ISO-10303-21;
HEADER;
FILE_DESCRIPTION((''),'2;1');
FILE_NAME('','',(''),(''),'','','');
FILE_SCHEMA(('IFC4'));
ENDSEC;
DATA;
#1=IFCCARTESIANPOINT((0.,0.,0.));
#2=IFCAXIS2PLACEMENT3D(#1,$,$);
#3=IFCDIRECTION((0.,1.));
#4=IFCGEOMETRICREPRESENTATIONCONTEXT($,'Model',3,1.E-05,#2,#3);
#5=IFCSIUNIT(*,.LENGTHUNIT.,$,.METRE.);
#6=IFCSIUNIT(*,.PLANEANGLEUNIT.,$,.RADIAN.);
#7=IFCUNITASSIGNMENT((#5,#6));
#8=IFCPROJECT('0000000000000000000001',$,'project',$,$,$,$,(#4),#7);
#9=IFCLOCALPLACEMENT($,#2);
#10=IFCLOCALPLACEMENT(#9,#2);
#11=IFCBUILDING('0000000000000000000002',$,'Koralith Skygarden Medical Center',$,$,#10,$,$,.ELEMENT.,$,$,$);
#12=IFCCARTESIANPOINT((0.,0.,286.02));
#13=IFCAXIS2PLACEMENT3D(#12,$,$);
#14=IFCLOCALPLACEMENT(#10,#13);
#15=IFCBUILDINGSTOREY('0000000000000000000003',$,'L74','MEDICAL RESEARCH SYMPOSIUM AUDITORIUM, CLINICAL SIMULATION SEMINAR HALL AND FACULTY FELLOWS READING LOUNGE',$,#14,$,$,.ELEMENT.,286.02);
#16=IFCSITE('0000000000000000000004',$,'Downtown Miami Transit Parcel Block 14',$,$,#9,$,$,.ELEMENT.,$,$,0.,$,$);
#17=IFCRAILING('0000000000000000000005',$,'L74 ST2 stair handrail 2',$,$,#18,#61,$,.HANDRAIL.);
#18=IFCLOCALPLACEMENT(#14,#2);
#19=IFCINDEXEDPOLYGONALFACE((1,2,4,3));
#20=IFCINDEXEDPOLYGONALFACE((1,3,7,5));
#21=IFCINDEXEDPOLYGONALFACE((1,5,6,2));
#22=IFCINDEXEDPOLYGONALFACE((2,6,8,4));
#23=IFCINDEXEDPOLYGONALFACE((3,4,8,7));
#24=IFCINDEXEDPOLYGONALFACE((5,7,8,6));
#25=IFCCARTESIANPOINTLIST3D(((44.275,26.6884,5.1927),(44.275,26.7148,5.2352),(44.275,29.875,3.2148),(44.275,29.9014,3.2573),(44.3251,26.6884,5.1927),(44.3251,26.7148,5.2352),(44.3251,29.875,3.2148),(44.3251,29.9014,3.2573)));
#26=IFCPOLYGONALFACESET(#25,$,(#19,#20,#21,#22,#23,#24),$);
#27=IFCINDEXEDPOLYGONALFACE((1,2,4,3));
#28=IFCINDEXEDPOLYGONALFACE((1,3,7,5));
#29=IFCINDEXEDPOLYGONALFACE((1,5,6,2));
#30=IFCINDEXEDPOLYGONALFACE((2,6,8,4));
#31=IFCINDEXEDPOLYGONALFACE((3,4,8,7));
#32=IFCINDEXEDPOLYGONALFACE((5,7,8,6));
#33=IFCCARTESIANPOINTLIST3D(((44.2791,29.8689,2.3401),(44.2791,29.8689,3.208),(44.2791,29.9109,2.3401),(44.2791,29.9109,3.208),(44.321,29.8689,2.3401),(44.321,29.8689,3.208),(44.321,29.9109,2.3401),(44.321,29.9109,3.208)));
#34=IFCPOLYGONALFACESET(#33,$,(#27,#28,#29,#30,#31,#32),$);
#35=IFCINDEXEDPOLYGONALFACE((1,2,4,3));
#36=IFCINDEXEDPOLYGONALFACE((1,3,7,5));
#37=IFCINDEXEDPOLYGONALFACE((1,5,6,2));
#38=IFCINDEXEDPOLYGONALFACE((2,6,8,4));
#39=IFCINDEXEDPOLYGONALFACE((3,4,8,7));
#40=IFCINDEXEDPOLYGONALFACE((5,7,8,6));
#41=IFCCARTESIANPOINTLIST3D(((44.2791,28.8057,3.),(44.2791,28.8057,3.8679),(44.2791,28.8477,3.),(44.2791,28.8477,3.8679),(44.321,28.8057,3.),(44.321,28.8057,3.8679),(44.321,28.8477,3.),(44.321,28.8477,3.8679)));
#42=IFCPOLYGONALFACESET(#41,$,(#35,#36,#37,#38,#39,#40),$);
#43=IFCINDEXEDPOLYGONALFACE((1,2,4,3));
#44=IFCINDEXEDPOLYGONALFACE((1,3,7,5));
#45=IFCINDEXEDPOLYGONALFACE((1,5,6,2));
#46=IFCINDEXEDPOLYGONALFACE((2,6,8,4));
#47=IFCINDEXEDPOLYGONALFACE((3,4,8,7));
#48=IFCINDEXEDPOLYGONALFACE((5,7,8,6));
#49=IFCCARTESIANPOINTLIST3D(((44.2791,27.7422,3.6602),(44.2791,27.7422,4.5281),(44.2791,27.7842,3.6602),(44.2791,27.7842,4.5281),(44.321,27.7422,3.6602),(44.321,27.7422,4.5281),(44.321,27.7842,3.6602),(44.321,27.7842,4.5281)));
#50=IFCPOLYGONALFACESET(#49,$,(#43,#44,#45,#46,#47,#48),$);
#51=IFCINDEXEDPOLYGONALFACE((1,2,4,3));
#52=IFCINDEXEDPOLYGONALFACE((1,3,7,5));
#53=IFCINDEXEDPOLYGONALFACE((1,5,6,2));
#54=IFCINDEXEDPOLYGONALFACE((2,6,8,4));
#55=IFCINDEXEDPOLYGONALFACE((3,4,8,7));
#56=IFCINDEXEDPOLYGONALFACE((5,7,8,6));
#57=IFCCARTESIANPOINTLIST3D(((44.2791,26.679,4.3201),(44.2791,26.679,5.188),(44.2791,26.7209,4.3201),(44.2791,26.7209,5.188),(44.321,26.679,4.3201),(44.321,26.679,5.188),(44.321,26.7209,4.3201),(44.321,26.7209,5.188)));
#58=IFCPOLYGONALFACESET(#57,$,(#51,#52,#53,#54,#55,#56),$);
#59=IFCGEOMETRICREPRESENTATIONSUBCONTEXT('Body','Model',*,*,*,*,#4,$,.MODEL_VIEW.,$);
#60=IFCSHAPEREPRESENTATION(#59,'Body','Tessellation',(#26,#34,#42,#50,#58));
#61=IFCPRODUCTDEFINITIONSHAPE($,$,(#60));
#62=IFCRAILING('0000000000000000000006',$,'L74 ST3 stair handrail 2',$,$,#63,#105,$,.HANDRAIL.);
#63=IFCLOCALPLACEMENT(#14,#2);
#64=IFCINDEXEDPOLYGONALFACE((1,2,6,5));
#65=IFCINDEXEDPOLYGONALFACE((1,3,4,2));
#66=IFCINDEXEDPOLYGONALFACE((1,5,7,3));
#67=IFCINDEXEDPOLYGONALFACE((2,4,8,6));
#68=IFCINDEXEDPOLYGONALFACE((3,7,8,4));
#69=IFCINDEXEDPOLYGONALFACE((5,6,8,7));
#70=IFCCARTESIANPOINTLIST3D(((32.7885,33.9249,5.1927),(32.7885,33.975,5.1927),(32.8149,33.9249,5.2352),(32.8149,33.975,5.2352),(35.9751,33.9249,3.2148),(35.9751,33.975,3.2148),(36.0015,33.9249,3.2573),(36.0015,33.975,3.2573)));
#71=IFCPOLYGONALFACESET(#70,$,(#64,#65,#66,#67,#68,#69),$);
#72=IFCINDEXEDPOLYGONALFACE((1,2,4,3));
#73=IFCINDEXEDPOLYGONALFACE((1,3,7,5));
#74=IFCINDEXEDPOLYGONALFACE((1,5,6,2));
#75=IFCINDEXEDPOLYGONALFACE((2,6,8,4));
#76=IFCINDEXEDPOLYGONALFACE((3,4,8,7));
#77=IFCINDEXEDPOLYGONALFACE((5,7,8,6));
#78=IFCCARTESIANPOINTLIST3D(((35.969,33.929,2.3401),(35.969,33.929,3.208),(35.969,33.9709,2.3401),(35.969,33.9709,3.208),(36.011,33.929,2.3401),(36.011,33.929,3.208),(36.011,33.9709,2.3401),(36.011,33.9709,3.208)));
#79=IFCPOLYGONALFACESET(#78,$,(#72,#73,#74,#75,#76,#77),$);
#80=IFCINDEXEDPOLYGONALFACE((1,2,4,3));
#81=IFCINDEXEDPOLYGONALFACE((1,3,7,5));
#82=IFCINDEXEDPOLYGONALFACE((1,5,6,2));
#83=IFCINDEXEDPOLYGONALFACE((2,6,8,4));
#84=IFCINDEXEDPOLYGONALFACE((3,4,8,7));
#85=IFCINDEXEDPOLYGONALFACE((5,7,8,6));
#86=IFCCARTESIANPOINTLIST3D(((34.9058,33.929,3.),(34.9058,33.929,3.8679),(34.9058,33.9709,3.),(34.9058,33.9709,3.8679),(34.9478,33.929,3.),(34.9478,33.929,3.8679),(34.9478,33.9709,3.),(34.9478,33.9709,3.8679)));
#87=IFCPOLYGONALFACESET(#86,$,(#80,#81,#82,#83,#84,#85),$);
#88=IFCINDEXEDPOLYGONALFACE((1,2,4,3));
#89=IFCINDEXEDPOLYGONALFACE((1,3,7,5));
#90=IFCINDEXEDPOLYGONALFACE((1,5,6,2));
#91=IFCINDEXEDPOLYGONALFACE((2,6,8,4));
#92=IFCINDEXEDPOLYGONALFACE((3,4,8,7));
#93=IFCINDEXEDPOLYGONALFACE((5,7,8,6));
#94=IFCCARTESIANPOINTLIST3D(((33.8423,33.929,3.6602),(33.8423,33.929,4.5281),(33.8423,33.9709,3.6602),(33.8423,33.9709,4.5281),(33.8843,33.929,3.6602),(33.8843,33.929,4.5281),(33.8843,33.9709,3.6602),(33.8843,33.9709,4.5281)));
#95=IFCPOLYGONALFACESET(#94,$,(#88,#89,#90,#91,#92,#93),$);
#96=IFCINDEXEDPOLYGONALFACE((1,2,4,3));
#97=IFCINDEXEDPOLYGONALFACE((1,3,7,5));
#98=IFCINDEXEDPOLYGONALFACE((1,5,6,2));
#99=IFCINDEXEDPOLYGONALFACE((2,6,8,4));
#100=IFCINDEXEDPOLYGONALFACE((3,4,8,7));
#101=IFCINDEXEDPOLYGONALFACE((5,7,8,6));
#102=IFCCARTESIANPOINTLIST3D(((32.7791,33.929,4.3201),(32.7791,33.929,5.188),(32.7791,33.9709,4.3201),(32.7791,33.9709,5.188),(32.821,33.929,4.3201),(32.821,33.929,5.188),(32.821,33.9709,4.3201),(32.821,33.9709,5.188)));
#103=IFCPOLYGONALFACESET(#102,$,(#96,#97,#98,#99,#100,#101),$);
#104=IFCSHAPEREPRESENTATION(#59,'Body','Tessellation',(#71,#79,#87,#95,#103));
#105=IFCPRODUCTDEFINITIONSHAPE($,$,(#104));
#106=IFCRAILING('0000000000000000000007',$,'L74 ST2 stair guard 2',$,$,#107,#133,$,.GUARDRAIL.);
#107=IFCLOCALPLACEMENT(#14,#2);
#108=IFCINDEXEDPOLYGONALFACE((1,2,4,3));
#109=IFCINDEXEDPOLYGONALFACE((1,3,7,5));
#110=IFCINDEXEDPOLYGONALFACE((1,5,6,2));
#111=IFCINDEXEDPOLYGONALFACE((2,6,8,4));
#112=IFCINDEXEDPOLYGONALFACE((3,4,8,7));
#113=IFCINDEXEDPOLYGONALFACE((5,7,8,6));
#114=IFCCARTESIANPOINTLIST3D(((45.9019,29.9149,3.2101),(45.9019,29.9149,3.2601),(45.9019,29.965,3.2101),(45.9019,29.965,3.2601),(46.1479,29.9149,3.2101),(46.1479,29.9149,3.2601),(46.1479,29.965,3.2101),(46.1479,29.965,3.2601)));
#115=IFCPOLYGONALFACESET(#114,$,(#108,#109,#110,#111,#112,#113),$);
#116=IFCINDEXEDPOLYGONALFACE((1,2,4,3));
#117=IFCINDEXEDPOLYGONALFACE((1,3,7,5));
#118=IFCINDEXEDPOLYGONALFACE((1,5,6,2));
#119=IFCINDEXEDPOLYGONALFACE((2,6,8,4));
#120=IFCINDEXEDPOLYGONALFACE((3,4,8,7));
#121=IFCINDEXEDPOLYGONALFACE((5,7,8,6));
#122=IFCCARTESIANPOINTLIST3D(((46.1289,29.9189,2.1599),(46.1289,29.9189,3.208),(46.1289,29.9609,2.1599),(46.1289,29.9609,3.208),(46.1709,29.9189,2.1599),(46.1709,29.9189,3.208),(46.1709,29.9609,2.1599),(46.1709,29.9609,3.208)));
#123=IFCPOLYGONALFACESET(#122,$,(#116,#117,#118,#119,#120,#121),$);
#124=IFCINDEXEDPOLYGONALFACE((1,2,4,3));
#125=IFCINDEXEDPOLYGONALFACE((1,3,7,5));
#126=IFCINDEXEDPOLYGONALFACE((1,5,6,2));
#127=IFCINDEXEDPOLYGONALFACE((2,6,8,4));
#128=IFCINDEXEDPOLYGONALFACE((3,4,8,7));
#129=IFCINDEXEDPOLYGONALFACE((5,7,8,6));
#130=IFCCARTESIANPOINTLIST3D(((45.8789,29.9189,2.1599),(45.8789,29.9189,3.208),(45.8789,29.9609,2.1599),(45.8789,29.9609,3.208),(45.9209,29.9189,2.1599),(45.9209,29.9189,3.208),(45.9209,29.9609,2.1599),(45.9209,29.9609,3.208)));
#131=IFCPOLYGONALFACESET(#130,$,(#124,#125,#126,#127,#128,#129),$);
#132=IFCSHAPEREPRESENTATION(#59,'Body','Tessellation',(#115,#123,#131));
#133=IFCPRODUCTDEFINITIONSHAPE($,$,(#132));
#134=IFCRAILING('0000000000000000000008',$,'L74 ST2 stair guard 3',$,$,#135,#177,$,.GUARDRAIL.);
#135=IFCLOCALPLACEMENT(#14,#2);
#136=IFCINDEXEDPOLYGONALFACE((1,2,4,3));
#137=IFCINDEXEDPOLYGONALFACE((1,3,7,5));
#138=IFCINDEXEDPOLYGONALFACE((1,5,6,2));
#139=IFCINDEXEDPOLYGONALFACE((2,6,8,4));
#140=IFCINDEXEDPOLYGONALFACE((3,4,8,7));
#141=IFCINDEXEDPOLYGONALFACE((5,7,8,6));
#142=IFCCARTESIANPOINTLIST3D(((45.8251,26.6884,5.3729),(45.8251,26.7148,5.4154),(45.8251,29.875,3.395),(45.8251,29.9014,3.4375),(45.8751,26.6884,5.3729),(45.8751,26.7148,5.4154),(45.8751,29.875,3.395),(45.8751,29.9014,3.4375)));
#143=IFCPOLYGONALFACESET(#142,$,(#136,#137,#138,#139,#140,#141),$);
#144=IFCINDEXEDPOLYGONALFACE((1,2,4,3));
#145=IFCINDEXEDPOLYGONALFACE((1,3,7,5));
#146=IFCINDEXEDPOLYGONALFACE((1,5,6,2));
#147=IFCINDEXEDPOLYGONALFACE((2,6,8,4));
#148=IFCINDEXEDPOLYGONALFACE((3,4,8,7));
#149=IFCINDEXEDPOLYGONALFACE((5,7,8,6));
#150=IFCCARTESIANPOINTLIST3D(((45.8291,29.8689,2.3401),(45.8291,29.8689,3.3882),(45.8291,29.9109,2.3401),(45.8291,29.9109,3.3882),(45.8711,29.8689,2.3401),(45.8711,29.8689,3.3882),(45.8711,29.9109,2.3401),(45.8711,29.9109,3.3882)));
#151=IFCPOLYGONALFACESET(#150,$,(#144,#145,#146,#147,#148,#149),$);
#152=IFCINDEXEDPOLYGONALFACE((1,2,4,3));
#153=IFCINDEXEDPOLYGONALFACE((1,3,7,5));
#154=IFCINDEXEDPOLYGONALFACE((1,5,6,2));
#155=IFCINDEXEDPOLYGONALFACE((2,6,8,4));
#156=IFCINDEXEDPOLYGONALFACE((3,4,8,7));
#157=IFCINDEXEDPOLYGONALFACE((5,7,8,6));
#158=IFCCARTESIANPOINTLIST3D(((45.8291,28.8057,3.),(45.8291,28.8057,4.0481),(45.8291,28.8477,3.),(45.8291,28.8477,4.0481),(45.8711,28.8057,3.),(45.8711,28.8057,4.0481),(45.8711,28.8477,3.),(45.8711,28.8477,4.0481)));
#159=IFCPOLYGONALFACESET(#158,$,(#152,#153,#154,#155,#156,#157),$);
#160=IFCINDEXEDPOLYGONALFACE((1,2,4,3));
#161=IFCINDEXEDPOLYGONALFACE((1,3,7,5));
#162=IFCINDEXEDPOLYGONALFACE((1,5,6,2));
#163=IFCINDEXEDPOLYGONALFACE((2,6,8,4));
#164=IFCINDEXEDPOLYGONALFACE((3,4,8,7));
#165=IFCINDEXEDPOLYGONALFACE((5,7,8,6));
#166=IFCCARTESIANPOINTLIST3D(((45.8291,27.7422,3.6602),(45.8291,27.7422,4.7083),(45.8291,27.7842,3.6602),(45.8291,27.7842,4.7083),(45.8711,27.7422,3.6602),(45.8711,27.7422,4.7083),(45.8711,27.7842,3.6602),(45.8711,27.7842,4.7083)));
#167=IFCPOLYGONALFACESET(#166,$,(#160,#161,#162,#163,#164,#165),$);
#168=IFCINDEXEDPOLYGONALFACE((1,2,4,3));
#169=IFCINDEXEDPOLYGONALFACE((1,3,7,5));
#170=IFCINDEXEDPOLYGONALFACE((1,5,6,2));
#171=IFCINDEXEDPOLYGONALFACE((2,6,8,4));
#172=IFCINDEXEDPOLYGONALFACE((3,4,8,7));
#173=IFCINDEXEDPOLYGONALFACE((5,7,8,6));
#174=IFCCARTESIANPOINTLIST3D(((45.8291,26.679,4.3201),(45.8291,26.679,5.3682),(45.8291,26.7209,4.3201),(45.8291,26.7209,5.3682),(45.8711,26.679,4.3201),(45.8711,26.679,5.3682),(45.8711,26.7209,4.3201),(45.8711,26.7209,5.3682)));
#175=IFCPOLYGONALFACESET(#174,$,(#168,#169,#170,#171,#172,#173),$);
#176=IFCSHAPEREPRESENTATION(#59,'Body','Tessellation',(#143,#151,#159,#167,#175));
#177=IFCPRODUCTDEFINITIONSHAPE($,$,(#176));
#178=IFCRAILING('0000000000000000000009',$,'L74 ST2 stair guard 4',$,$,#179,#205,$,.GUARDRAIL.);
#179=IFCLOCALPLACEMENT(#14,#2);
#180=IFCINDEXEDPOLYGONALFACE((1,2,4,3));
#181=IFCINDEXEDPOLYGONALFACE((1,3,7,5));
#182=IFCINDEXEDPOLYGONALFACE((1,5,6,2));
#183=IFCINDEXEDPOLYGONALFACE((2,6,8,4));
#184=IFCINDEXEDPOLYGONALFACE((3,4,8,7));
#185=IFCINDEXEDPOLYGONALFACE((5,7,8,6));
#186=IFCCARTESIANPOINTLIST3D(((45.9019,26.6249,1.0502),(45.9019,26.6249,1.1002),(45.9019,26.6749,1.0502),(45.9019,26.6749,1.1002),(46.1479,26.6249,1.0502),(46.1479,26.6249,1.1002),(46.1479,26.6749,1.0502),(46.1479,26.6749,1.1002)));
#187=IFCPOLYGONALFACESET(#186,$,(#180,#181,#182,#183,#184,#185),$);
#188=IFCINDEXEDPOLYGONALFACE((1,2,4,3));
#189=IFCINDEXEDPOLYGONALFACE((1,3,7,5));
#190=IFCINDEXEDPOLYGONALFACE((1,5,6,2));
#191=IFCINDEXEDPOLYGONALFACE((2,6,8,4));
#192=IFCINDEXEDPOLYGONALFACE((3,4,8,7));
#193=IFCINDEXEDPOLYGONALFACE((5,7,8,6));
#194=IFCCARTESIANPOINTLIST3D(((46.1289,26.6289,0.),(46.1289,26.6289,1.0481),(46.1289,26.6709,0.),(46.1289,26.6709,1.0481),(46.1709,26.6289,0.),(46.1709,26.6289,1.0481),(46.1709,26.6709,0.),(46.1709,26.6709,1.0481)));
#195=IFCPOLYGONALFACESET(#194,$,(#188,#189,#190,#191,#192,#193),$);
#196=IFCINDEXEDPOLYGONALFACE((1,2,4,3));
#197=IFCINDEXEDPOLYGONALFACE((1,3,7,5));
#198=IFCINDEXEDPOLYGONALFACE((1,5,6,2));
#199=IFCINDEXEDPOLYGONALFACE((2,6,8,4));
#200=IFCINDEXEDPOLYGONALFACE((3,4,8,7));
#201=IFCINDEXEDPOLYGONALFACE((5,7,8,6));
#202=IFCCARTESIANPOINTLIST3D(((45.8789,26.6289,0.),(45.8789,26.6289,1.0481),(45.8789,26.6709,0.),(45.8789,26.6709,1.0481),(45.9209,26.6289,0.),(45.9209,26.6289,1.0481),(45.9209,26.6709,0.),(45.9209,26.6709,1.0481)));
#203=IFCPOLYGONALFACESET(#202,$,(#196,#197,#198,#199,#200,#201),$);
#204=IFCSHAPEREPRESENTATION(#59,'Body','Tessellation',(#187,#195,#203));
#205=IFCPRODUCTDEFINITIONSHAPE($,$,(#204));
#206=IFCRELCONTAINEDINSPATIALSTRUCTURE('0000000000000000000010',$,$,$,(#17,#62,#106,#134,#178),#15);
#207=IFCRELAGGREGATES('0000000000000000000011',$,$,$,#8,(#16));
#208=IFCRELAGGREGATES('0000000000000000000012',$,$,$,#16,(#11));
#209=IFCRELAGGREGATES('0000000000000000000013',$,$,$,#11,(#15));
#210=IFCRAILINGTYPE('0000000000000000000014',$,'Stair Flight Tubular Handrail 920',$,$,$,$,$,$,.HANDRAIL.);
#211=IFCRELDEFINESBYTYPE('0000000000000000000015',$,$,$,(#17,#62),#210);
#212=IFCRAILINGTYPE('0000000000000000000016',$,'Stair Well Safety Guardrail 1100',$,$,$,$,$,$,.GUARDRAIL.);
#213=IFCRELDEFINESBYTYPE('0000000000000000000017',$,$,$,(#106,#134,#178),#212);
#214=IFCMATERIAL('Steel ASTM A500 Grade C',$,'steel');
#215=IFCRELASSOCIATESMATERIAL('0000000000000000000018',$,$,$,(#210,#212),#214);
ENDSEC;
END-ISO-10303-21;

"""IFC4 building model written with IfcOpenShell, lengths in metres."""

from ifc_helpers import new_model, si_unit, direction, frame, origin, origin_2d, place, context, subcontext, project, spatial, rectangle, extrude, material, type_object, element, save


model = new_model("IFC4")

# Units and contexts
model_context = context("Model", 3, precision=1e-05, world=origin(), true_north=direction((0.0, 1.0)))
body_context = subcontext(model_context, "Body", "Model", "MODEL_VIEW")
ifc_project = project(units=[si_unit("LENGTHUNIT", "METRE"), si_unit("PLANEANGLEUNIT", "RADIAN")], contexts=[model_context])

# Site, building, storey
site_placement = place(None, origin())
site = spatial("IfcSite", under=ifc_project, at=site_placement, Name="Downtown Miami Transit Parcel Block 14", CompositionType="ELEMENT", RefElevation=0.0)
building_placement = place(site_placement, origin())
building = spatial("IfcBuilding", under=site, at=building_placement, Name="Koralith Skygarden Medical Center", CompositionType="ELEMENT")
storey_placement = place(building_placement, frame((0.0, 0.0, 286.02)))
storey = spatial("IfcBuildingStorey", under=building, at=storey_placement, Name="L74", Description="MEDICAL RESEARCH SYMPOSIUM AUDITORIUM, CLINICAL SIMULATION SEMINAR HALL AND FACULTY FELLOWS READING LOUNGE", CompositionType="ELEMENT", Elevation=286.02)

# Shared definitions
ifc_material_1 = material(Name="Steel ASTM A500 Grade C", Category="steel")

# Railings
railing_type_1 = type_object("IfcRailingType", Name="Stair Flight Tubular Handrail 920", PredefinedType="HANDRAIL", material=ifc_material_1)
railing_1_placement = place(storey_placement, frame((44.3, 29.8899, 2.3401)))
element("IfcRailing", 1, at=railing_1_placement, inside=storey, type_object=railing_type_1, Name="L74 ST2 stair handrail 2", PredefinedType="HANDRAIL", context=body_context, shape_type="SweptSolid", body=[
    extrude(rectangle(XDim=0.05, YDim=0.05, at=origin_2d()), frame((0.0, -0.0017, 0.896), z_axis=(0.0, -0.849638, 0.527366), x_axis=(1.0, 0.0, 0.0)), (0.0, 0.0, 1.0), 3.7505),
    extrude(rectangle(XDim=0.042, YDim=0.042, at=origin_2d()), origin(), (0.0, 0.0, 1.0), 0.8679),
    extrude(rectangle(XDim=0.042, YDim=0.042, at=origin_2d()), frame((0.0, -1.0632, 0.6599)), (0.0, 0.0, 1.0), 0.8679),
    extrude(rectangle(XDim=0.042, YDim=0.042, at=origin_2d()), frame((0.0, -2.1267, 1.3201)), (0.0, 0.0, 1.0), 0.8679),
    extrude(rectangle(XDim=0.042, YDim=0.042, at=origin_2d()), frame((0.0, -3.1899, 1.98)), (0.0, 0.0, 1.0), 0.8679),
])
railing_2_placement = place(storey_placement, frame((35.99, 33.95, 2.3401)))
element("IfcRailing", 2, at=railing_2_placement, inside=storey, type_object=railing_type_1, Name="L74 ST3 stair handrail 2", PredefinedType="HANDRAIL", context=body_context, shape_type="SweptSolid", body=[
    extrude(rectangle(XDim=0.05, YDim=0.05, at=origin_2d()), frame((-0.0017, 0.0, 0.896), z_axis=(-0.849638, 0.0, 0.527366), x_axis=(0.0, -1.0, 0.0)), (0.0, 0.0, 1.0), 3.7505),
    extrude(rectangle(XDim=0.042, YDim=0.042, at=origin_2d()), origin(), (0.0, 0.0, 1.0), 0.8679),
    extrude(rectangle(XDim=0.042, YDim=0.042, at=origin_2d()), frame((-1.0632, 0.0, 0.6599)), (0.0, 0.0, 1.0), 0.8679),
    extrude(rectangle(XDim=0.042, YDim=0.042, at=origin_2d()), frame((-2.1267, 0.0, 1.3201)), (0.0, 0.0, 1.0), 0.8679),
    extrude(rectangle(XDim=0.042, YDim=0.042, at=origin_2d()), frame((-3.1899, 0.0, 1.98)), (0.0, 0.0, 1.0), 0.8679),
])
railing_type_2 = type_object("IfcRailingType", Name="Stair Well Safety Guardrail 1100", PredefinedType="GUARDRAIL", material=ifc_material_1)
railing_3_placement = place(storey_placement, frame((46.1499, 29.9399, 2.1599)))
element("IfcRailing", 3, at=railing_3_placement, inside=storey, type_object=railing_type_2, Name="L74 ST2 stair guard 2", PredefinedType="GUARDRAIL", context=body_context, shape_type="SweptSolid", body=[
    extrude(rectangle(XDim=0.05, YDim=0.05, at=origin_2d()), frame((-0.002, 0.0, 1.0752), z_axis=(-1.0, 0.0, 0.0), x_axis=(0.0, -1.0, 0.0)), (0.0, 0.0, 1.0), 0.2461),
    extrude(rectangle(XDim=0.042, YDim=0.042, at=origin_2d()), origin(), (0.0, 0.0, 1.0), 1.0481),
    extrude(rectangle(XDim=0.042, YDim=0.042, at=origin_2d()), frame((-0.25, 0.0, 0.0)), (0.0, 0.0, 1.0), 1.0481),
])
railing_4_placement = place(storey_placement, frame((45.8501, 29.8899, 2.3401)))
element("IfcRailing", 4, at=railing_4_placement, inside=storey, type_object=railing_type_2, Name="L74 ST2 stair guard 3", PredefinedType="GUARDRAIL", context=body_context, shape_type="SweptSolid", body=[
    extrude(rectangle(XDim=0.05, YDim=0.05, at=origin_2d()), frame((0.0, -0.0017, 1.0762), z_axis=(0.0, -0.849638, 0.527366), x_axis=(1.0, 0.0, 0.0)), (0.0, 0.0, 1.0), 3.7505),
    extrude(rectangle(XDim=0.042, YDim=0.042, at=origin_2d()), origin(), (0.0, 0.0, 1.0), 1.0481),
    extrude(rectangle(XDim=0.042, YDim=0.042, at=origin_2d()), frame((0.0, -1.0632, 0.6599)), (0.0, 0.0, 1.0), 1.0481),
    extrude(rectangle(XDim=0.042, YDim=0.042, at=origin_2d()), frame((0.0, -2.1267, 1.3201)), (0.0, 0.0, 1.0), 1.0481),
    extrude(rectangle(XDim=0.042, YDim=0.042, at=origin_2d()), frame((0.0, -3.1899, 1.98)), (0.0, 0.0, 1.0), 1.0481),
])
railing_5_placement = place(storey_placement, frame((46.1499, 26.6499, 0.0)))
element("IfcRailing", 5, at=railing_5_placement, inside=storey, type_object=railing_type_2, Name="L74 ST2 stair guard 4", PredefinedType="GUARDRAIL", context=body_context, shape_type="SweptSolid", body=[
    extrude(rectangle(XDim=0.05, YDim=0.05, at=origin_2d()), frame((-0.002, 0.0, 1.0752), z_axis=(-1.0, 0.0, 0.0), x_axis=(0.0, -1.0, 0.0)), (0.0, 0.0, 1.0), 0.2461),
    extrude(rectangle(XDim=0.042, YDim=0.042, at=origin_2d()), origin(), (0.0, 0.0, 1.0), 1.0481),
    extrude(rectangle(XDim=0.042, YDim=0.042, at=origin_2d()), frame((-0.25, 0.0, 0.0)), (0.0, 0.0, 1.0), 1.0481),
])

save(model, "model.ifc")
